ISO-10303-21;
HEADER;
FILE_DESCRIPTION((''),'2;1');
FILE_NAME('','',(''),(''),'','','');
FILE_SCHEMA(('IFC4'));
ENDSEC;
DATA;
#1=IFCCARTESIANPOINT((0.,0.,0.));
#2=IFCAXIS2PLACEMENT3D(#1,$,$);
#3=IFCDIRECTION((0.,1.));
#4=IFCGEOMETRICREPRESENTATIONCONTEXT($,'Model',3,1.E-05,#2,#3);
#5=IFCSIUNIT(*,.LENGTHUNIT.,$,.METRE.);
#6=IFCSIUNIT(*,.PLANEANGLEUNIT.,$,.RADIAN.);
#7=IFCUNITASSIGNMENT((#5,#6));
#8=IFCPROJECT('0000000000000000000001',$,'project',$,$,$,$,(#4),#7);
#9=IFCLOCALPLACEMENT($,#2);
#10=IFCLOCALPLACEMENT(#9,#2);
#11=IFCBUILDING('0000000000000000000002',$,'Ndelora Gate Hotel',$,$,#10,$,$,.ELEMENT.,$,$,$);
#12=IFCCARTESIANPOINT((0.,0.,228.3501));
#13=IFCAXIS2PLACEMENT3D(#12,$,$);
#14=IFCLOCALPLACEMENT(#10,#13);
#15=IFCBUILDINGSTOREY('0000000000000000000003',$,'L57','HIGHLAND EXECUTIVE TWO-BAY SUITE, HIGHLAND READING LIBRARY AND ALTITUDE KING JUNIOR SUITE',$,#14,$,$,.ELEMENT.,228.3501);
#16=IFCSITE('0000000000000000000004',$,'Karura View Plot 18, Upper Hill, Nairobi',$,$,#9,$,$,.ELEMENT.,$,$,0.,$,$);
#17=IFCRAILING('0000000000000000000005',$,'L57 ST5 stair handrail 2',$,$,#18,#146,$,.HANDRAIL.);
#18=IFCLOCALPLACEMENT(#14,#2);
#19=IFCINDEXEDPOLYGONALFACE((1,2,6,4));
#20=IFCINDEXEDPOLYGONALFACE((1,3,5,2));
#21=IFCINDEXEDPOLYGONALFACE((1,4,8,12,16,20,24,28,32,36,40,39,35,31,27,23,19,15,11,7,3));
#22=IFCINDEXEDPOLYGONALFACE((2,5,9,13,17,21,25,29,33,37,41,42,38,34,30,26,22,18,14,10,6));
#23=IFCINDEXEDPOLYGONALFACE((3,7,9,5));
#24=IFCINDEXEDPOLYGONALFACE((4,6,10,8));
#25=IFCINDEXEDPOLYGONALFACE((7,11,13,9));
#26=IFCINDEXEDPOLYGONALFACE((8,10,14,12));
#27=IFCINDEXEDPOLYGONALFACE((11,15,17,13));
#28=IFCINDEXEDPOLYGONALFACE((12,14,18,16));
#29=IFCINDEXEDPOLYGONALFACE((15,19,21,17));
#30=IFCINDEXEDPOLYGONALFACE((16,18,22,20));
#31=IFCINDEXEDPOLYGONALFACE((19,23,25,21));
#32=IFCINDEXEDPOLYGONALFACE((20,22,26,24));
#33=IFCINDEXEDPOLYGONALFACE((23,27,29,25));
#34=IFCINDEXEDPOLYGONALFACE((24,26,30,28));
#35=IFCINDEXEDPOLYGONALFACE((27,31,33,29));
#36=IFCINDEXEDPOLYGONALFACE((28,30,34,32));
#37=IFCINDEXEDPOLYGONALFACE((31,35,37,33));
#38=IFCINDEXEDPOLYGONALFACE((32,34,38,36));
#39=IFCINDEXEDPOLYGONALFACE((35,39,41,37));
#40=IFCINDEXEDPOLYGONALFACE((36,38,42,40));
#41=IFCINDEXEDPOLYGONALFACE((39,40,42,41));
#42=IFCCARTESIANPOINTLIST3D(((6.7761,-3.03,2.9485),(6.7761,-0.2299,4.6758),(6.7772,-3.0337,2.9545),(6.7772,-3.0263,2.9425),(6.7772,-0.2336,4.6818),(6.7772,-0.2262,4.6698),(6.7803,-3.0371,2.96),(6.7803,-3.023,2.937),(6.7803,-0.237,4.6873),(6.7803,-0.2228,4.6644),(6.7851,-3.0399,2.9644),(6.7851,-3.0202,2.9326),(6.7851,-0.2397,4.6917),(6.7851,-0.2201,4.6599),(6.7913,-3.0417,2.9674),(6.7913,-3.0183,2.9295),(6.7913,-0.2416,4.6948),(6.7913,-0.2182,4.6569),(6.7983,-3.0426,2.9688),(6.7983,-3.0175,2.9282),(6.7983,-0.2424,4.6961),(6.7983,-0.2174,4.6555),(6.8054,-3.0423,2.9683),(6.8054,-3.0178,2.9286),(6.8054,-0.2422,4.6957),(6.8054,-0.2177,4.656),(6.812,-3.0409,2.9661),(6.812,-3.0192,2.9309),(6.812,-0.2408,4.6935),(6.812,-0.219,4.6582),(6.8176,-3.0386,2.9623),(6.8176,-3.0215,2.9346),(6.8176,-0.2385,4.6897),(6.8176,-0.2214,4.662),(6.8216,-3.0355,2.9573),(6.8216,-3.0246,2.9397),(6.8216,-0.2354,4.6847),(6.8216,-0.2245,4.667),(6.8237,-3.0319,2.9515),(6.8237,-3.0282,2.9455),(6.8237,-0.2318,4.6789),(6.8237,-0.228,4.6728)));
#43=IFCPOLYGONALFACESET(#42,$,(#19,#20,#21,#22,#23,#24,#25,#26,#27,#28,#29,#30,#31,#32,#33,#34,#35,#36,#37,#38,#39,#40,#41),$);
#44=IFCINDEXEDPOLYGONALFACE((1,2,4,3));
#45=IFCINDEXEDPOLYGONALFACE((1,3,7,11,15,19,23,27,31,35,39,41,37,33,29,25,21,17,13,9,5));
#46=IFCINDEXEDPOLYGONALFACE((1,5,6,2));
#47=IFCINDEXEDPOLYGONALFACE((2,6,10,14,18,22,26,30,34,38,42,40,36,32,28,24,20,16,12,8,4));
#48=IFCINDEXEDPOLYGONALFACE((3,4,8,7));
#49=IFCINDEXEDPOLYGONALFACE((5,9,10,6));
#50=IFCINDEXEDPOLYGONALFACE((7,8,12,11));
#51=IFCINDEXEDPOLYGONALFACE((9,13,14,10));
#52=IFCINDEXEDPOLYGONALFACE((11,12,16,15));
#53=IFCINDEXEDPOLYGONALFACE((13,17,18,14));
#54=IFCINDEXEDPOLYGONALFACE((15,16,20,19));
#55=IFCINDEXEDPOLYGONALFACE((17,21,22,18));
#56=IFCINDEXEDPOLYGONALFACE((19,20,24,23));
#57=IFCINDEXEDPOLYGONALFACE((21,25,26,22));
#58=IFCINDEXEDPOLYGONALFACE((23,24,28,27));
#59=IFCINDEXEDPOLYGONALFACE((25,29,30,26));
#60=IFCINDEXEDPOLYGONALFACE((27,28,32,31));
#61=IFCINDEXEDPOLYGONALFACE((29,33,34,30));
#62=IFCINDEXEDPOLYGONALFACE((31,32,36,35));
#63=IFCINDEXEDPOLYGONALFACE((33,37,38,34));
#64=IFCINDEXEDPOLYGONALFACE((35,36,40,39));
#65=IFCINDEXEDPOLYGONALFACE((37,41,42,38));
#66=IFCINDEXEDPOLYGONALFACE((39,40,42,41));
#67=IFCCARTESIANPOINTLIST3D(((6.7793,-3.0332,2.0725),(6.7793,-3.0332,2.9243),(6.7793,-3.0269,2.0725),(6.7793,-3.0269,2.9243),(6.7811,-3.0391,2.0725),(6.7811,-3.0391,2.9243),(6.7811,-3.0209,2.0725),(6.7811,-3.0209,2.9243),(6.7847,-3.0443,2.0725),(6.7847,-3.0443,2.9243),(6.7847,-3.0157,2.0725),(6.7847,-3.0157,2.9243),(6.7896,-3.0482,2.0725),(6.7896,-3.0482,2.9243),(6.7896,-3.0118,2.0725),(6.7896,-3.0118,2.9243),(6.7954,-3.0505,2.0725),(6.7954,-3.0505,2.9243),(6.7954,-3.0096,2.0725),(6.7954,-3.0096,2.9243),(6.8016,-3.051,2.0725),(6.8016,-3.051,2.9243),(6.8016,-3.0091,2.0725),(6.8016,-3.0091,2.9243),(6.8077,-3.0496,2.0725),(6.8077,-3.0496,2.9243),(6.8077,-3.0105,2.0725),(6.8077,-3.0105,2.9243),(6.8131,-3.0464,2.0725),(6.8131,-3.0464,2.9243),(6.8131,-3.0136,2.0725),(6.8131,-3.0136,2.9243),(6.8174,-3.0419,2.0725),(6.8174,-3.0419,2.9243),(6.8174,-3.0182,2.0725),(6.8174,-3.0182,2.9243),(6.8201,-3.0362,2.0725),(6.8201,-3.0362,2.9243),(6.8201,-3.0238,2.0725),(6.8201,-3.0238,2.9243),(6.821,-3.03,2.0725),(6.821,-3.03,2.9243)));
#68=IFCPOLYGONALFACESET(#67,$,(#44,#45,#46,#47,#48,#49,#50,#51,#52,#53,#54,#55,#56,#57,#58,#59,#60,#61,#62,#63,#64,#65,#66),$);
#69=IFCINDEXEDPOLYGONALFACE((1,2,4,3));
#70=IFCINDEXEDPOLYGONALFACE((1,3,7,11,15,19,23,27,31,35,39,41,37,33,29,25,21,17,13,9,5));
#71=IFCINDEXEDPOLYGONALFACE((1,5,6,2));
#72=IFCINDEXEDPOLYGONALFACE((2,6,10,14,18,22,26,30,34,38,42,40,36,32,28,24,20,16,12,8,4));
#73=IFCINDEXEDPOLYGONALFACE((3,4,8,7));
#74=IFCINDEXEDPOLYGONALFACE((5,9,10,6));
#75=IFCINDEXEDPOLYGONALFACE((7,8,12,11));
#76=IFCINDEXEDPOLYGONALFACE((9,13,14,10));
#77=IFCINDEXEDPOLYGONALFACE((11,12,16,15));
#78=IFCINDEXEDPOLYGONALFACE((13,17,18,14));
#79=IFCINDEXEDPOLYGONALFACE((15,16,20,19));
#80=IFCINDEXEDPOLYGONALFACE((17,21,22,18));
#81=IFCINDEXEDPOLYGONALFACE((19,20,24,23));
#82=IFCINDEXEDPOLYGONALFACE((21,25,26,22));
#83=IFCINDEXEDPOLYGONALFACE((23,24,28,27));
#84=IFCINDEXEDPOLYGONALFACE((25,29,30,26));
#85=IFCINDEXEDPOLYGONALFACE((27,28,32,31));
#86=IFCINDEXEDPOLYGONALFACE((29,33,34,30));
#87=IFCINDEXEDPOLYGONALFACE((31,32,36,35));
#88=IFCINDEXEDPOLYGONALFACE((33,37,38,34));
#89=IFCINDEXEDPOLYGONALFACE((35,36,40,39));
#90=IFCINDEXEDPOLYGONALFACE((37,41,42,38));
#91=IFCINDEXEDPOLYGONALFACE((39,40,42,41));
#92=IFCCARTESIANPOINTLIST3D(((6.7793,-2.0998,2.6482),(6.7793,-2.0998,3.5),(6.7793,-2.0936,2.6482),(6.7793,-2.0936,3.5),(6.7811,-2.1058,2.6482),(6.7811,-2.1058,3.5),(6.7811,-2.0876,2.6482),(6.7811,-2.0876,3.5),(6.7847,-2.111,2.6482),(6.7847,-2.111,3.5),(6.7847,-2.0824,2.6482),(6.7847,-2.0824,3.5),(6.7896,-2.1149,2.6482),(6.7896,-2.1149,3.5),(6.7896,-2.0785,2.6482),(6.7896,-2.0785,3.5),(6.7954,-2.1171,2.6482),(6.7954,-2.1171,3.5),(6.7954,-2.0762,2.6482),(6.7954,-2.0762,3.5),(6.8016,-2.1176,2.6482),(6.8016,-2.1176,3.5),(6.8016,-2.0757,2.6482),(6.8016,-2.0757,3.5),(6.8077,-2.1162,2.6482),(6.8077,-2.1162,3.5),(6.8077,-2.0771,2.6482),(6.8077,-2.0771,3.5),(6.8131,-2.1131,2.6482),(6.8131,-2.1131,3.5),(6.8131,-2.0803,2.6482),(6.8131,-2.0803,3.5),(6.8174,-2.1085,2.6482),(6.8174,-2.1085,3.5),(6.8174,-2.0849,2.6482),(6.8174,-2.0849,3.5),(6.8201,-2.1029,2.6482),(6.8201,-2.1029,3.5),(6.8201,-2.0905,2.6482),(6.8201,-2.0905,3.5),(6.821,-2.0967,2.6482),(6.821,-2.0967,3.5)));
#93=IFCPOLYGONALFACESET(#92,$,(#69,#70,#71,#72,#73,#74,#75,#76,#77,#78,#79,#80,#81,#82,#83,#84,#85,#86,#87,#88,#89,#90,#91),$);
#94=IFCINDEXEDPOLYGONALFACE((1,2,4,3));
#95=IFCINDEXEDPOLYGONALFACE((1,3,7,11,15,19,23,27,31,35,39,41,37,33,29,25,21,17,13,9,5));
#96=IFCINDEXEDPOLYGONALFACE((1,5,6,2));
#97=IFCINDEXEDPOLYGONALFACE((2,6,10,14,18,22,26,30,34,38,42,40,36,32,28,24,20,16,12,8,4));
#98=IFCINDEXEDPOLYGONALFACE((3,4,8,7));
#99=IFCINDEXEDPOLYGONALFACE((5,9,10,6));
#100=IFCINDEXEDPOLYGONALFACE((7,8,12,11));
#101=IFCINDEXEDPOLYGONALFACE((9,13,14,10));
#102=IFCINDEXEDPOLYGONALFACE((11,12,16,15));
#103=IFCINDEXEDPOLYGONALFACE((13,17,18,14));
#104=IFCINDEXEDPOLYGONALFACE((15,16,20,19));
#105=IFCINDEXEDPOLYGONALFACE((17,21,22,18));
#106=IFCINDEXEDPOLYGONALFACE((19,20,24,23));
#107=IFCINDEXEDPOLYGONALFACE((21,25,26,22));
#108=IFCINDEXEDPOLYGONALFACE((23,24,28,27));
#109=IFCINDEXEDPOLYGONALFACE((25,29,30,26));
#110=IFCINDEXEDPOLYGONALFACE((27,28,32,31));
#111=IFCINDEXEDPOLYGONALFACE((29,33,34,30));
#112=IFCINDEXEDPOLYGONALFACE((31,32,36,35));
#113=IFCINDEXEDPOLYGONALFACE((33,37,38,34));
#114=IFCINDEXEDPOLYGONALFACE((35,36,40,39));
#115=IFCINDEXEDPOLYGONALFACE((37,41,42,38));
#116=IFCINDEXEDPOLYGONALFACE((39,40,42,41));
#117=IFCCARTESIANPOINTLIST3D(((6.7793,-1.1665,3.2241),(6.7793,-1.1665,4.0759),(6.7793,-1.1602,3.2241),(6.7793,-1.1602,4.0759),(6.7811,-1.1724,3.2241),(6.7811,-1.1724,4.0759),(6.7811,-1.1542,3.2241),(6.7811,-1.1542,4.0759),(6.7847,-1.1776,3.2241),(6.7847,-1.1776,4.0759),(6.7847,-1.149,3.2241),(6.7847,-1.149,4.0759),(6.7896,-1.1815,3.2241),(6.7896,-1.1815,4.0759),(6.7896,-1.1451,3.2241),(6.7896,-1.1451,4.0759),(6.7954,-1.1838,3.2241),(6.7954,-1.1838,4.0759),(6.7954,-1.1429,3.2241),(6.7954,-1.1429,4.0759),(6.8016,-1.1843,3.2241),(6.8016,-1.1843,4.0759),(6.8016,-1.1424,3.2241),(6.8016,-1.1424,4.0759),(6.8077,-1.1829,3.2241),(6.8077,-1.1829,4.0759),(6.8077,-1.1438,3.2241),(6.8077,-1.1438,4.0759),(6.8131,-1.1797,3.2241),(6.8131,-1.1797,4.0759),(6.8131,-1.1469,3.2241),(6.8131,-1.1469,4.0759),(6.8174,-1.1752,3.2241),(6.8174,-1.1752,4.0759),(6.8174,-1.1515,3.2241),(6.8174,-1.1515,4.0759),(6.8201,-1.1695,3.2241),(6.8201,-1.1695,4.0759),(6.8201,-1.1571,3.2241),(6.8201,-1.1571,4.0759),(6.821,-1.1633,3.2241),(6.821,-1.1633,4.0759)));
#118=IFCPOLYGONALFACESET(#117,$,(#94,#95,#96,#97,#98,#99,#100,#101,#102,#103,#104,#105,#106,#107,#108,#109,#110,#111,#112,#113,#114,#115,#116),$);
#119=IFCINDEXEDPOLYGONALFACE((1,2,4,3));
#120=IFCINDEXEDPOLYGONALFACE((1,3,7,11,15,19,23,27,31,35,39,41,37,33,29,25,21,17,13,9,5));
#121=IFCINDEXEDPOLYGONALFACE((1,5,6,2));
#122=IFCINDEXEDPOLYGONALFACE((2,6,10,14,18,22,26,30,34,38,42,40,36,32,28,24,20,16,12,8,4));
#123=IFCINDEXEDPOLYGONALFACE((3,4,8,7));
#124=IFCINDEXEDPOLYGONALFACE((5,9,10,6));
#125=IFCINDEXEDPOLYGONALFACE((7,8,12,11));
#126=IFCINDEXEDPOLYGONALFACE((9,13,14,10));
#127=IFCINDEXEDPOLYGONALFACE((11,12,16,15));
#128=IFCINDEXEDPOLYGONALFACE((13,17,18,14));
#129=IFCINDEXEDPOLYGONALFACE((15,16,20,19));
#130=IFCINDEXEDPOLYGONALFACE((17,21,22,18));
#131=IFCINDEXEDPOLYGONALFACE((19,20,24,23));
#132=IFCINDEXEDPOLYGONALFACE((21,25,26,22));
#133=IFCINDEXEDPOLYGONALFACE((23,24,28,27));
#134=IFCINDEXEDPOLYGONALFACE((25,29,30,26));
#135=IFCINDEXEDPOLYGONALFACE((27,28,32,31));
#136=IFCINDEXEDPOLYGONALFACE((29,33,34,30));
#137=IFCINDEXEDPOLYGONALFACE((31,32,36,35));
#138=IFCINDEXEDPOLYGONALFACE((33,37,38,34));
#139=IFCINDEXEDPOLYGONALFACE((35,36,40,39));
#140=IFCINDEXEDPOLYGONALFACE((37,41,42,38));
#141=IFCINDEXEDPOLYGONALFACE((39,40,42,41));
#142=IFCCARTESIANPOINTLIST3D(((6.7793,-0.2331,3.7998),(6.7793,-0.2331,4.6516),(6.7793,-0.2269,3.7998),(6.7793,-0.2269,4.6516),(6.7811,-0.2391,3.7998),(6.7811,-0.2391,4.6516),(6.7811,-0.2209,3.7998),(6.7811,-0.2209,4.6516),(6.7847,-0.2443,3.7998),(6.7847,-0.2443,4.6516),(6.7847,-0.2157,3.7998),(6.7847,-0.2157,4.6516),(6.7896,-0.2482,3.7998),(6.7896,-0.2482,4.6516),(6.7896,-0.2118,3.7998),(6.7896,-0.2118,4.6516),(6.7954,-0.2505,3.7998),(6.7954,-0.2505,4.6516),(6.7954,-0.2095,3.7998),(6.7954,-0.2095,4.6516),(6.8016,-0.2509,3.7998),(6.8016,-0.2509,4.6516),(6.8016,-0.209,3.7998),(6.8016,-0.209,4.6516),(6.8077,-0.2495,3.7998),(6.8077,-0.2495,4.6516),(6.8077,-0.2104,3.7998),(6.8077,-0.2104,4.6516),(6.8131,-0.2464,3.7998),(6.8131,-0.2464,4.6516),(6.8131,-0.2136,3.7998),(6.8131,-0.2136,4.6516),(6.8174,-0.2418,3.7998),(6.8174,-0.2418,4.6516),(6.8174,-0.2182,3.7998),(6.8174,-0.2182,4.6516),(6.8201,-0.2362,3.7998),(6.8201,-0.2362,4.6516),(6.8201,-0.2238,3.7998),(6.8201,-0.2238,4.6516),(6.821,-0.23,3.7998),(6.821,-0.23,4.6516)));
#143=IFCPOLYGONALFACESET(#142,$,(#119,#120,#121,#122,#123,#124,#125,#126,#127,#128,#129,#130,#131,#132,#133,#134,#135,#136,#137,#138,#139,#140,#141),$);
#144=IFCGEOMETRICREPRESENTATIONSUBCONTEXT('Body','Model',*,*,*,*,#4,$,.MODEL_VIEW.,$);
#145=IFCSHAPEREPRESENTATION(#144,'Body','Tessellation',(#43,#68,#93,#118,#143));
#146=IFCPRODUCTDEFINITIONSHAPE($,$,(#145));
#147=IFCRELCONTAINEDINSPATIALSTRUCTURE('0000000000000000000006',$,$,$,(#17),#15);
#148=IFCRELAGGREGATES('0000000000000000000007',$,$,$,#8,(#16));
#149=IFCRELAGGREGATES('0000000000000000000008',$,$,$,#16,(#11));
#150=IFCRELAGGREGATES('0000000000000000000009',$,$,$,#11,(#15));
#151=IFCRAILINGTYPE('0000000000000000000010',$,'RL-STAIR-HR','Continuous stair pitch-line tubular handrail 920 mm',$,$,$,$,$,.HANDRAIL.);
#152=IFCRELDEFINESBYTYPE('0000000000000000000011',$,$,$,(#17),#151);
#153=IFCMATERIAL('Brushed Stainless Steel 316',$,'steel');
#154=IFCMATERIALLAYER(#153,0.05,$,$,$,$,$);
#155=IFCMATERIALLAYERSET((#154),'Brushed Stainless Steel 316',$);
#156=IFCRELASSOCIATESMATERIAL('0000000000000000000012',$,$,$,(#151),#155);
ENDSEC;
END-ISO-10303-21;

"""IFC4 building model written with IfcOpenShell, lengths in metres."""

from ifc_helpers import new_model, si_unit, direction, frame, origin, origin_2d, place, context, subcontext, project, spatial, circle, extrude, material, layer, layer_set, type_object, element, save


model = new_model("IFC4")

# Units and contexts
model_context = context("Model", 3, precision=1e-05, world=origin(), true_north=direction((0.0, 1.0)))
body_context = subcontext(model_context, "Body", "Model", "MODEL_VIEW")
ifc_project = project(units=[si_unit("LENGTHUNIT", "METRE"), si_unit("PLANEANGLEUNIT", "RADIAN")], contexts=[model_context])

# Site, building, storey
site_placement = place(None, origin())
site = spatial("IfcSite", under=ifc_project, at=site_placement, Name="Karura View Plot 18, Upper Hill, Nairobi", CompositionType="ELEMENT", RefElevation=0.0)
building_placement = place(site_placement, origin())
building = spatial("IfcBuilding", under=site, at=building_placement, Name="Ndelora Gate Hotel", CompositionType="ELEMENT")
storey_placement = place(building_placement, frame((0.0, 0.0, 228.3501)))
storey = spatial("IfcBuildingStorey", under=building, at=storey_placement, Name="L57", Description="HIGHLAND EXECUTIVE TWO-BAY SUITE, HIGHLAND READING LIBRARY AND ALTITUDE KING JUNIOR SUITE", CompositionType="ELEMENT", Elevation=228.3501)

# Railing
ifc_material_1 = material(Name="Brushed Stainless Steel 316", Category="steel")
ifc_layer_1 = layer(ifc_material_1, 0.05)
ifc_layer_set_1 = layer_set([ifc_layer_1], Name="Brushed Stainless Steel 316")
railing_type_1 = type_object("IfcRailingType", Name="RL-STAIR-HR", Description="Continuous stair pitch-line tubular handrail 920 mm", PredefinedType="HANDRAIL", material=ifc_layer_set_1)
railing_1_placement = place(storey_placement, frame((6.8, -3.03, 2.0725)))
element("IfcRailing", 1, at=railing_1_placement, inside=storey, type_object=railing_type_1, Name="L57 ST5 stair handrail 2", PredefinedType="HANDRAIL", context=body_context, shape_type="SweptSolid", body=[
    extrude(circle(Radius=0.0239, at=origin_2d()), frame((0.0, 0.0, 0.876), z_axis=(0.0, 0.85109, 0.52502), x_axis=(-1.0, 0.0, 0.0)), (0.0, 0.0, 1.0), 3.29),
    extrude(circle(Radius=0.021, at=origin_2d()), origin(), (0.0, 0.0, 1.0), 0.8518),
    extrude(circle(Radius=0.021, at=origin_2d()), frame((0.0, 0.9333, 0.5757)), (0.0, 0.0, 1.0), 0.8518),
    extrude(circle(Radius=0.021, at=origin_2d()), frame((0.0, 1.8667, 1.1516)), (0.0, 0.0, 1.0), 0.8518),
    extrude(circle(Radius=0.021, at=origin_2d()), frame((0.0, 2.8, 1.7273)), (0.0, 0.0, 1.0), 0.8518),
])

save(model, "model.ifc")
